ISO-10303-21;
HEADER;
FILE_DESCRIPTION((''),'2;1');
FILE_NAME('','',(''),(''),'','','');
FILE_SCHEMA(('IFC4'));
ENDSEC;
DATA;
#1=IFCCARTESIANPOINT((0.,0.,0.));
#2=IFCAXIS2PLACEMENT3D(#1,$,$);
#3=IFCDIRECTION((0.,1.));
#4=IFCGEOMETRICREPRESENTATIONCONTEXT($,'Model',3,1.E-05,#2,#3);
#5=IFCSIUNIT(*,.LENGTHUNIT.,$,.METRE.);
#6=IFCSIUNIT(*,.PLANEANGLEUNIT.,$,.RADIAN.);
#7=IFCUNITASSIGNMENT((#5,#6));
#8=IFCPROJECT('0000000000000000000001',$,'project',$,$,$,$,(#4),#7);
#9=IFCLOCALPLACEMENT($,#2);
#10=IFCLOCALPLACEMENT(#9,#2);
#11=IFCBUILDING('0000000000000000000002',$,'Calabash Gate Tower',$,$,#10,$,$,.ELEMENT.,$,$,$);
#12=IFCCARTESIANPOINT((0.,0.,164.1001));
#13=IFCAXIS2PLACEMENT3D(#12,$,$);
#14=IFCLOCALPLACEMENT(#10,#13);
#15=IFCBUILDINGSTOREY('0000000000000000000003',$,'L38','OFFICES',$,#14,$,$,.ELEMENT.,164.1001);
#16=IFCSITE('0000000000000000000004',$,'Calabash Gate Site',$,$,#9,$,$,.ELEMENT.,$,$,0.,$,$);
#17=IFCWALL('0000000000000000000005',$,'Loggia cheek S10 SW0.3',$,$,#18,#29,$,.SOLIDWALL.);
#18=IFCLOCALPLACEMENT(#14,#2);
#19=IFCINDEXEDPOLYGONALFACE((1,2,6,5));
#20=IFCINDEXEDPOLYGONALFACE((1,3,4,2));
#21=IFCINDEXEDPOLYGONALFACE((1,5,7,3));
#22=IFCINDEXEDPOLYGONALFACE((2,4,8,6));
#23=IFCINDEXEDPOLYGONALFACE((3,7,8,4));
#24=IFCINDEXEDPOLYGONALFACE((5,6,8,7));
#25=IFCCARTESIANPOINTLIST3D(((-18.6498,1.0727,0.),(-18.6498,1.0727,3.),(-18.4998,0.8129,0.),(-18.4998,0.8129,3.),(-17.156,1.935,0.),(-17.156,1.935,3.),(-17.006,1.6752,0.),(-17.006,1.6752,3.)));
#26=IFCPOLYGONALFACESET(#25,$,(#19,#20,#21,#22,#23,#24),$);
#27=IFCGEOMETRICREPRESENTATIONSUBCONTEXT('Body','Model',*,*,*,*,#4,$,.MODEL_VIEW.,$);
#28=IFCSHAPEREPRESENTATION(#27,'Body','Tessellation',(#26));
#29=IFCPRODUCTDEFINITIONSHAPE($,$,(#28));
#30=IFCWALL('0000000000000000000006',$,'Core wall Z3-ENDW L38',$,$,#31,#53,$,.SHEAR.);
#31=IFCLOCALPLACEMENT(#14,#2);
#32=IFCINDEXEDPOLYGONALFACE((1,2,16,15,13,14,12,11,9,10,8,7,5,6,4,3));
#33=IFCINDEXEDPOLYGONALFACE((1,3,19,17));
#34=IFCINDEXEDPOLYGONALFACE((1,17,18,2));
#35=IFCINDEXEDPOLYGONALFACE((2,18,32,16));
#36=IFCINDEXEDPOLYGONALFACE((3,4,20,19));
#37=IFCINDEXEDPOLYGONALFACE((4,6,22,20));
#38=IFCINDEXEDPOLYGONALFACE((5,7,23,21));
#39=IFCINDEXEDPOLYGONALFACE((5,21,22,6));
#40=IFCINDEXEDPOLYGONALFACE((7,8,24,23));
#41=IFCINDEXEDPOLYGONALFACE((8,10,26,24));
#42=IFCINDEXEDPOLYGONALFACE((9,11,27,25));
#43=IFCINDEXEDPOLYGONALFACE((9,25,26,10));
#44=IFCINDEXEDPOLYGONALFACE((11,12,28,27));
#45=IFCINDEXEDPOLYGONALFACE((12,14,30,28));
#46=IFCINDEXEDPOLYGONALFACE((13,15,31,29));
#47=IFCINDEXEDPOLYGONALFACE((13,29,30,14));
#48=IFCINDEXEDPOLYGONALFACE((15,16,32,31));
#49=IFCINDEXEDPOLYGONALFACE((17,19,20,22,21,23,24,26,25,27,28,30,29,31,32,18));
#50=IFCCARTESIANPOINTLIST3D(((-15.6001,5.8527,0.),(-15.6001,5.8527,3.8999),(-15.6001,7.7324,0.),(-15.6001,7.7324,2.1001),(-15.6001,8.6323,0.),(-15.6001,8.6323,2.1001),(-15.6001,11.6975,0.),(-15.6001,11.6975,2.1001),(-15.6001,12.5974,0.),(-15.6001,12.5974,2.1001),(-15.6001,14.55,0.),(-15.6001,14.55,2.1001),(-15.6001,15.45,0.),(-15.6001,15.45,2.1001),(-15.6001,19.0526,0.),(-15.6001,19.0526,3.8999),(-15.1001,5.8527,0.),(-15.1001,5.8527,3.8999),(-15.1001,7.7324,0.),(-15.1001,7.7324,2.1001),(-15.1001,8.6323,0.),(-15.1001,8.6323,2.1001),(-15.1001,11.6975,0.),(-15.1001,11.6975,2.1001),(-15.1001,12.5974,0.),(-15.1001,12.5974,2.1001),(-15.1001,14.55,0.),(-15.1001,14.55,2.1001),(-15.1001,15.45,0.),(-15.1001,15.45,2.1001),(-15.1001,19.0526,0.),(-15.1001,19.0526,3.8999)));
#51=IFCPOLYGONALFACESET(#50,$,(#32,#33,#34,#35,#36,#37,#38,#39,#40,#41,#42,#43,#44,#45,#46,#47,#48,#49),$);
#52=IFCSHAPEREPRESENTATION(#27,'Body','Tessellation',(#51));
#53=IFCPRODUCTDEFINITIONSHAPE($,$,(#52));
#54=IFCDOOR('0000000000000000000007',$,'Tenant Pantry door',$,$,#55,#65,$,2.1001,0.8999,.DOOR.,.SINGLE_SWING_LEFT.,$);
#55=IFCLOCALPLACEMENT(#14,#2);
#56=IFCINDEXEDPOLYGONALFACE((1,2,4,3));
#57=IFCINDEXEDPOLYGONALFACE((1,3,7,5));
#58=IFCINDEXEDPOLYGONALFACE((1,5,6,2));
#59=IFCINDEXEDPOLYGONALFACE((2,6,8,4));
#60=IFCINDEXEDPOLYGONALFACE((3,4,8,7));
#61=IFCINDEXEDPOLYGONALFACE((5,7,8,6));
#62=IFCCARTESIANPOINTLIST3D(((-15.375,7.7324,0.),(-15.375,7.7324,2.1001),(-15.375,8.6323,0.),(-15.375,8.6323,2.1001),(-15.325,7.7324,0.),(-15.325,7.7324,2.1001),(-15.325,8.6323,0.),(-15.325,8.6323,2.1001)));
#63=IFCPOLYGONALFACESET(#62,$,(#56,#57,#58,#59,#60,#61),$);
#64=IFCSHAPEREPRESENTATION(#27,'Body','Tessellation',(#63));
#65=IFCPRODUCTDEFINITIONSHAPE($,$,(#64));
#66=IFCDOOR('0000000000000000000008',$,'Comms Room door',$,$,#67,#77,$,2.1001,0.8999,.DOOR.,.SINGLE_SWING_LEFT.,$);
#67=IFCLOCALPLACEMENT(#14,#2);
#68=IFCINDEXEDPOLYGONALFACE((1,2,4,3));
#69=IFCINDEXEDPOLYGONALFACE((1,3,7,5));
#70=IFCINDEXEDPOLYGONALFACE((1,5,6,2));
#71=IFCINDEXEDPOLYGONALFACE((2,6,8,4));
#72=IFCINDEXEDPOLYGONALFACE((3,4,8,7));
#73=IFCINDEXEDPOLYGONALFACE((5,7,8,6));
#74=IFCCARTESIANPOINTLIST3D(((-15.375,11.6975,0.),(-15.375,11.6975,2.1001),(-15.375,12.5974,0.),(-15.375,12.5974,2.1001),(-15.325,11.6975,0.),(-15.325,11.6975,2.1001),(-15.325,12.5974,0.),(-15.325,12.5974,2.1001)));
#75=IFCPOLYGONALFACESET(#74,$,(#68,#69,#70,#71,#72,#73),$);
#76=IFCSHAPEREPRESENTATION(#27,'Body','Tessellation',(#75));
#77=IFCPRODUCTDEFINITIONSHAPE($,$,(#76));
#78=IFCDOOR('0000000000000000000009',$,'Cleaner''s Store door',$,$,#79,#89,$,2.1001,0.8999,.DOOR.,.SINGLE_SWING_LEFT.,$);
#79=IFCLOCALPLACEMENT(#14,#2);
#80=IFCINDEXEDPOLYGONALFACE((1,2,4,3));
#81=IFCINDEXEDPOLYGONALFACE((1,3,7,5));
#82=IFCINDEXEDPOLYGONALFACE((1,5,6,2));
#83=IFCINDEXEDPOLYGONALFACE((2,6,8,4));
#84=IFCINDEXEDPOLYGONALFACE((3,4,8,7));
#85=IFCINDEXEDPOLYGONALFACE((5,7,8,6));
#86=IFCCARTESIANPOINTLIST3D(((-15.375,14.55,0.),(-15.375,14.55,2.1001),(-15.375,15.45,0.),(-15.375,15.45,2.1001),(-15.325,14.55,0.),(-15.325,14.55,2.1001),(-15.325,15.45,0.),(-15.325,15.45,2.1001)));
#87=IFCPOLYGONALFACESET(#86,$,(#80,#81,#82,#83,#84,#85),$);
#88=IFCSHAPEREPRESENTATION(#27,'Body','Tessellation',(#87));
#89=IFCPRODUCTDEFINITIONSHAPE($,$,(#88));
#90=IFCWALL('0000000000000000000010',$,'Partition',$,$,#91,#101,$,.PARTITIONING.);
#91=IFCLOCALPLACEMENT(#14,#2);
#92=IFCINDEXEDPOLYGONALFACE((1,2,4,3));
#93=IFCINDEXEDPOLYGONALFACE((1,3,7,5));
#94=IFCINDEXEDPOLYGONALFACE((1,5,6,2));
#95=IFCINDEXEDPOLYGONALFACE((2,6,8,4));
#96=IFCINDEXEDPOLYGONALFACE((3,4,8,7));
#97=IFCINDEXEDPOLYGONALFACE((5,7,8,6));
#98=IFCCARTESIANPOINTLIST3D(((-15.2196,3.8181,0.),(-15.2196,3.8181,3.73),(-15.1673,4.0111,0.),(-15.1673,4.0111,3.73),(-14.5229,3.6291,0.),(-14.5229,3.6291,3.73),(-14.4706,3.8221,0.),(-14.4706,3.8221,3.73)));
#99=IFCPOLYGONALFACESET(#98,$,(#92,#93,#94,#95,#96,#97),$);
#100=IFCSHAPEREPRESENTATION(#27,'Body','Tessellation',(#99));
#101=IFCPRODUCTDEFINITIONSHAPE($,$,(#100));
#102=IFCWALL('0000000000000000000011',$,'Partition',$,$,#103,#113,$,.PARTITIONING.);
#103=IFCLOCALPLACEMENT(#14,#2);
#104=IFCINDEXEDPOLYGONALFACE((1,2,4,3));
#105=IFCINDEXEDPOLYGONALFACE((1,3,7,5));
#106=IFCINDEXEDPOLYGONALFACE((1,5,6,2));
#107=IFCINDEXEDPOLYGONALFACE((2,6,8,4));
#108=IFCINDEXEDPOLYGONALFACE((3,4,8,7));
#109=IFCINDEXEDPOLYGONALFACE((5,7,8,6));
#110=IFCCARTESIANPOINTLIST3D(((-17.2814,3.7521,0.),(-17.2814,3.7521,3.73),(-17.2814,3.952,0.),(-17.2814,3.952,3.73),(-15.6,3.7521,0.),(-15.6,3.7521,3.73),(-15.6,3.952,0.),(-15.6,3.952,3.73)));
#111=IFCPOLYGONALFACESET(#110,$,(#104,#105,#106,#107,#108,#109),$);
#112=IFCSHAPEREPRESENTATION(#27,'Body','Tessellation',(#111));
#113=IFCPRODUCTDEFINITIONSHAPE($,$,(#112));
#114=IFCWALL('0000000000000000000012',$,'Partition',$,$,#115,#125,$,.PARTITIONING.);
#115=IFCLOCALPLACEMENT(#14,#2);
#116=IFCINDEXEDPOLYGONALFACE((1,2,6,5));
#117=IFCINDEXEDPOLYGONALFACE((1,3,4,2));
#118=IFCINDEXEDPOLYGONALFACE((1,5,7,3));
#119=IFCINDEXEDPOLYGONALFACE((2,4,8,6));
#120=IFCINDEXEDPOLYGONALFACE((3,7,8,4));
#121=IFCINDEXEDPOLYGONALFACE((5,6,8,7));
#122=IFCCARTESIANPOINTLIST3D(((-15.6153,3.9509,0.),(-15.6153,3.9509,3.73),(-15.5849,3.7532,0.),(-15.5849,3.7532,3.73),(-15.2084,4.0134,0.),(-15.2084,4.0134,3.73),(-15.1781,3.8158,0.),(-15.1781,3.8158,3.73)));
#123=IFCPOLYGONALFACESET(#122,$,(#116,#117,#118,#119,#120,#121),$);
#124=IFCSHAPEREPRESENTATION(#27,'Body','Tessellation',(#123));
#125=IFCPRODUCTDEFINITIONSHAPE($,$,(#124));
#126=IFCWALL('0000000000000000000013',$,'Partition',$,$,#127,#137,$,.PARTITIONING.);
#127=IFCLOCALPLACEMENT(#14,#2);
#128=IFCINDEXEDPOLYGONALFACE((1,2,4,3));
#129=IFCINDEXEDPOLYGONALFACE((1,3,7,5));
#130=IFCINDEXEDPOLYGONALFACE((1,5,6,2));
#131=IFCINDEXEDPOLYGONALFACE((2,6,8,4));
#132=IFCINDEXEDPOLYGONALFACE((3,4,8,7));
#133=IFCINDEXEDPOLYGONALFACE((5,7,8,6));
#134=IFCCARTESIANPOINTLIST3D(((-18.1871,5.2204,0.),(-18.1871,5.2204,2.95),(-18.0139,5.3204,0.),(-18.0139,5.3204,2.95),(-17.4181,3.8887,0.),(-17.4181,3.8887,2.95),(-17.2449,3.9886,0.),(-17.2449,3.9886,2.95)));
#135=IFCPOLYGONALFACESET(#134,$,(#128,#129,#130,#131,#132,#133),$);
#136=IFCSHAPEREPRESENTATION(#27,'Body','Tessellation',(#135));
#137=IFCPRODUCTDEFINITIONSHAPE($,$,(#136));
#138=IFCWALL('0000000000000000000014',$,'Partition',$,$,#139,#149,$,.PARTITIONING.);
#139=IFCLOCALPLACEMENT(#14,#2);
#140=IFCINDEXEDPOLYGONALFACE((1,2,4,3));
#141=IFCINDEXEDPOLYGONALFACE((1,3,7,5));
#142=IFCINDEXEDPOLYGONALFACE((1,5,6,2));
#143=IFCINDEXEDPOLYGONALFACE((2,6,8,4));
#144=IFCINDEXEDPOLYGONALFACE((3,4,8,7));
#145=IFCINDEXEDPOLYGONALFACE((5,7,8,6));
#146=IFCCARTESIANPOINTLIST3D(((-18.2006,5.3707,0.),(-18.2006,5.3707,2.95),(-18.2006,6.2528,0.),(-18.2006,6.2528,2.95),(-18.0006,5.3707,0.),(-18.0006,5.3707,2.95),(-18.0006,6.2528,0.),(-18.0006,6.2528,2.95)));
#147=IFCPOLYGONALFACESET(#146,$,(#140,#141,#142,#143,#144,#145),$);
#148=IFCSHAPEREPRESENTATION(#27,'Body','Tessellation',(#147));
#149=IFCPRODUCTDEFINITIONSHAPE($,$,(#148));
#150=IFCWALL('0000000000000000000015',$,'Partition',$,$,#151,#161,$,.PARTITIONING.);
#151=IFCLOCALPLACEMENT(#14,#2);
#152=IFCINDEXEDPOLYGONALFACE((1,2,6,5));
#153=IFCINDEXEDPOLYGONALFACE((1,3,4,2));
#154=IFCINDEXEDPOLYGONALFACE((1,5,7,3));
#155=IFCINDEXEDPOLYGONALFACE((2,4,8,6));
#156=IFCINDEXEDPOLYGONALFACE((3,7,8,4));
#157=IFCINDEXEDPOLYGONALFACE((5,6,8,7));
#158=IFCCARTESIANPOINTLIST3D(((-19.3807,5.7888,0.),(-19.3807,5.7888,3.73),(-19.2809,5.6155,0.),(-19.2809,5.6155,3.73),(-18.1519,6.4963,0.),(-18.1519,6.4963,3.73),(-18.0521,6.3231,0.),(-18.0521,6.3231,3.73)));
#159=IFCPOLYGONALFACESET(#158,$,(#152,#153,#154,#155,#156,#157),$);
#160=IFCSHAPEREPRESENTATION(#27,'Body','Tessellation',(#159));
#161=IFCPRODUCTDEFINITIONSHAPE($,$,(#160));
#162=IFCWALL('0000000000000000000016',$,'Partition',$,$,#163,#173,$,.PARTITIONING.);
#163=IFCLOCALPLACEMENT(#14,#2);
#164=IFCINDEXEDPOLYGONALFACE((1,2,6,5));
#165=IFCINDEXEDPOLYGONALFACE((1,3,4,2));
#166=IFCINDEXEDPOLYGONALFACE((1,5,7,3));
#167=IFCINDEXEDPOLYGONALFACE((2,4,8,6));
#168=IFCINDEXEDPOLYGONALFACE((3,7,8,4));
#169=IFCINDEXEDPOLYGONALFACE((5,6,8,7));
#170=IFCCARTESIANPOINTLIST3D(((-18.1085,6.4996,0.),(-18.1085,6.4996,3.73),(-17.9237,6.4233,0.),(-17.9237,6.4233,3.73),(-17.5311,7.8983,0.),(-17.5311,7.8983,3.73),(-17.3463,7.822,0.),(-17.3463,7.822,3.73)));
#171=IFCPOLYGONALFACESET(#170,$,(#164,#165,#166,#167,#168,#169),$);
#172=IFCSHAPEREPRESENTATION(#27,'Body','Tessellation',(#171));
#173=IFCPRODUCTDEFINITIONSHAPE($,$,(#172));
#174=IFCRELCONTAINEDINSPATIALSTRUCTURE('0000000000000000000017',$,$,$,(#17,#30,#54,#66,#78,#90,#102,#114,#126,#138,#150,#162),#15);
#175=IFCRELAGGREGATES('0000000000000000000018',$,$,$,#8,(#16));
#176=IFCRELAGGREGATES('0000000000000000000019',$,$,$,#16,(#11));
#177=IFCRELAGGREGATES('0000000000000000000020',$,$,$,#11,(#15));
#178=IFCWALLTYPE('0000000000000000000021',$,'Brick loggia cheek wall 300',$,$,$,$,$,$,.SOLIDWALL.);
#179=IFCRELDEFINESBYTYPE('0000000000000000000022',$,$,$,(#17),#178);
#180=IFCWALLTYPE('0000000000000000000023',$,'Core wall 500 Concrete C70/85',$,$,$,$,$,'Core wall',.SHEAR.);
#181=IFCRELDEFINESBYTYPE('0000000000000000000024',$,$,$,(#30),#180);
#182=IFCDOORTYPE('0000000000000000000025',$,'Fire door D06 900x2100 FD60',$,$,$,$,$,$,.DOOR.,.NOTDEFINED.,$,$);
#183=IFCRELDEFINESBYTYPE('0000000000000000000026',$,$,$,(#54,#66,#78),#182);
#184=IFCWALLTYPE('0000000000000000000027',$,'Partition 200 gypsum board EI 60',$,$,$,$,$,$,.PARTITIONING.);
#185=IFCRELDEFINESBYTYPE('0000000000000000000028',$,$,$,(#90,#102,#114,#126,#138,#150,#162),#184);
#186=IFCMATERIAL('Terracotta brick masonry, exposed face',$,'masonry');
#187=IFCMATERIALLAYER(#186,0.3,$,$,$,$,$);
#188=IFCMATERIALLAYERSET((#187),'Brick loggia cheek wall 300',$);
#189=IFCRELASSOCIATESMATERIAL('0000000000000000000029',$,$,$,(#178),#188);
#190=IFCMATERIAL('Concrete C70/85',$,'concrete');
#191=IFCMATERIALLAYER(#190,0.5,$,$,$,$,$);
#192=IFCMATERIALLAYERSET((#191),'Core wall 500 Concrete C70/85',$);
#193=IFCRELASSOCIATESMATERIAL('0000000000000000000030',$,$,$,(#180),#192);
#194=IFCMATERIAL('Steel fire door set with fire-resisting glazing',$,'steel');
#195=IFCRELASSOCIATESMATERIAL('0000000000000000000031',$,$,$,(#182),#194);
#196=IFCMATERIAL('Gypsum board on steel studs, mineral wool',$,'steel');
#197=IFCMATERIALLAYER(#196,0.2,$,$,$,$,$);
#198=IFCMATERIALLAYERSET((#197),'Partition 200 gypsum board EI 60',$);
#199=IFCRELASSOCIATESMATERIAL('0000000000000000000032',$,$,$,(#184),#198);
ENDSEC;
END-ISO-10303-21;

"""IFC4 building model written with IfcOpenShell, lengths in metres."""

from ifc_helpers import new_model, si_unit, direction, frame, frame_2d, origin, place, context, subcontext, project, spatial, rectangle, extrude, material, layer, layer_set, type_object, element, fill, save


model = new_model("IFC4")

# Units and contexts
model_context = context("Model", 3, precision=1e-05, world=origin(), true_north=direction((0.0, 1.0)))
body_context = subcontext(model_context, "Body", "Model", "MODEL_VIEW")
ifc_project = project(units=[si_unit("LENGTHUNIT", "METRE"), si_unit("PLANEANGLEUNIT", "RADIAN")], contexts=[model_context])

# Site, building, storey
site_placement = place(None, origin())
site = spatial("IfcSite", under=ifc_project, at=site_placement, Name="Calabash Gate Site", CompositionType="ELEMENT", RefElevation=0.0)
building_placement = place(site_placement, origin())
building = spatial("IfcBuilding", under=site, at=building_placement, Name="Calabash Gate Tower", CompositionType="ELEMENT")
storey_placement = place(building_placement, frame((0.0, 0.0, 164.1001)))
storey = spatial("IfcBuildingStorey", under=building, at=storey_placement, Name="L38", Description="OFFICES", CompositionType="ELEMENT", Elevation=164.1001)

# Wall
ifc_material_1 = material(Name="Terracotta brick masonry, exposed face", Category="masonry")
ifc_layer_1 = layer(ifc_material_1, 0.3)
ifc_layer_set_1 = layer_set([ifc_layer_1], Name="Brick loggia cheek wall 300")
wall_type_1 = type_object("IfcWallType", Name="Brick loggia cheek wall 300", PredefinedType="SOLIDWALL", material=ifc_layer_set_1)
wall_1_placement = place(storey_placement, frame((-18.5747, 0.9429, 0.0), z_axis=(0.0, 0.0, 1.0), x_axis=(0.866075, 0.499914, 0.0)))
element("IfcWall", 1, at=wall_1_placement, inside=storey, type_object=wall_type_1, Name="Loggia cheek S10 SW0.3", PredefinedType="SOLIDWALL", context=body_context, shape_type="SweptSolid", body=[
    extrude(rectangle(XDim=1.7249, YDim=0.3, at=frame_2d((0.8623, 0.0))), origin(), (0.0, 0.0, 1.0), 3.0),
])

# Wall, openings, doors
ifc_material_2 = material(Name="Concrete C70/85", Category="concrete")
ifc_layer_2 = layer(ifc_material_2, 0.5)
ifc_layer_set_2 = layer_set([ifc_layer_2], Name="Core wall 500 Concrete C70/85")
wall_type_2 = type_object("IfcWallType", Name="Core wall 500 Concrete C70/85", ElementType="Core wall", PredefinedType="SHEAR", material=ifc_layer_set_2)
wall_2_placement = place(storey_placement, frame((-15.3501, 5.8525, 0.0), z_axis=(0.0, 0.0, 1.0), x_axis=(0.0, 1.0, 0.0)))
wall_2 = element("IfcWall", 2, at=wall_2_placement, inside=storey, type_object=wall_type_2, Name="Core wall Z3-ENDW L38", PredefinedType="SHEAR", context=body_context, shape_type="SweptSolid", body=[
    extrude(rectangle(XDim=13.2, YDim=0.5, at=frame_2d((6.6001, 0.0))), origin(), (0.0, 0.0, 1.0), 3.8999),
])
opening_1_placement = place(wall_2_placement, frame((1.8799, 0.0, 0.0)))
opening_1 = element("IfcOpeningElement", 3, at=opening_1_placement, cuts=wall_2, PredefinedType="OPENING", context=body_context, shape_type="SweptSolid", body=[
    extrude(rectangle(XDim=0.8999, YDim=2.1001, at=frame_2d((0.45, 1.05))), frame((0.0, 0.26, 0.0), z_axis=(0.0, -1.0, 0.0), x_axis=(1.0, 0.0, 0.0)), (0.0, 0.0, 1.0), 0.52),
])
opening_2_placement = place(wall_2_placement, frame((5.845, 0.0, 0.0)))
opening_2 = element("IfcOpeningElement", 4, at=opening_2_placement, cuts=wall_2, PredefinedType="OPENING", context=body_context, shape_type="SweptSolid", body=[
    extrude(rectangle(XDim=0.8999, YDim=2.1001, at=frame_2d((0.45, 1.05))), frame((0.0, 0.26, 0.0), z_axis=(0.0, -1.0, 0.0), x_axis=(1.0, 0.0, 0.0)), (0.0, 0.0, 1.0), 0.52),
])
opening_3_placement = place(wall_2_placement, frame((8.6975, 0.0, 0.0)))
opening_3 = element("IfcOpeningElement", 5, at=opening_3_placement, cuts=wall_2, PredefinedType="OPENING", context=body_context, shape_type="SweptSolid", body=[
    extrude(rectangle(XDim=0.8999, YDim=2.1001, at=frame_2d((0.45, 1.05))), frame((0.0, 0.26, 0.0), z_axis=(0.0, -1.0, 0.0), x_axis=(1.0, 0.0, 0.0)), (0.0, 0.0, 1.0), 0.52),
])
ifc_material_3 = material(Name="Steel fire door set with fire-resisting glazing", Category="steel")
door_type_1 = type_object("IfcDoorType", Name="Fire door D06 900x2100 FD60", OperationType="NOTDEFINED", PredefinedType="DOOR", material=ifc_material_3)
door_1_placement = place(opening_1_placement, origin())
door_1 = element("IfcDoor", 6, at=door_1_placement, inside=storey, type_object=door_type_1, Name="Tenant Pantry door", OperationType="SINGLE_SWING_LEFT", OverallHeight=2.1001, OverallWidth=0.8999, PredefinedType="DOOR", context=body_context, shape_type="SweptSolid", body=[
    extrude(rectangle(XDim=0.8999, YDim=2.1001, at=frame_2d((0.45, 1.05))), frame((0.0, 0.0249, 0.0), z_axis=(0.0, -1.0, 0.0), x_axis=(1.0, 0.0, 0.0)), (0.0, 0.0, 1.0), 0.05),
])
fill(opening_1, door_1)
door_2_placement = place(opening_2_placement, origin())
door_2 = element("IfcDoor", 7, at=door_2_placement, inside=storey, type_object=door_type_1, Name="Comms Room door", OperationType="SINGLE_SWING_LEFT", OverallHeight=2.1001, OverallWidth=0.8999, PredefinedType="DOOR", context=body_context, shape_type="SweptSolid", body=[
    extrude(rectangle(XDim=0.8999, YDim=2.1001, at=frame_2d((0.45, 1.05))), frame((0.0, 0.0249, 0.0), z_axis=(0.0, -1.0, 0.0), x_axis=(1.0, 0.0, 0.0)), (0.0, 0.0, 1.0), 0.05),
])
fill(opening_2, door_2)
door_3_placement = place(opening_3_placement, origin())
door_3 = element("IfcDoor", 8, at=door_3_placement, inside=storey, type_object=door_type_1, Name="Cleaner's Store door", OperationType="SINGLE_SWING_LEFT", OverallHeight=2.1001, OverallWidth=0.8999, PredefinedType="DOOR", context=body_context, shape_type="SweptSolid", body=[
    extrude(rectangle(XDim=0.8999, YDim=2.1001, at=frame_2d((0.45, 1.05))), frame((0.0, 0.0249, 0.0), z_axis=(0.0, -1.0, 0.0), x_axis=(1.0, 0.0, 0.0)), (0.0, 0.0, 1.0), 0.05),
])
fill(opening_3, door_3)

# Walls
ifc_material_4 = material(Name="Gypsum board on steel studs, mineral wool", Category="steel")
ifc_layer_3 = layer(ifc_material_4, 0.2)
ifc_layer_set_3 = layer_set([ifc_layer_3], Name="Partition 200 gypsum board EI 60")
wall_type_3 = type_object("IfcWallType", Name="Partition 200 gypsum board EI 60", PredefinedType="PARTITIONING", material=ifc_layer_set_3)
wall_3_placement = place(storey_placement, frame((-15.1934, 3.9146, 0.0), z_axis=(0.0, 0.0, 1.0), x_axis=(0.965137, -0.261744, 0.0)))
element("IfcWall", 9, at=wall_3_placement, inside=storey, type_object=wall_type_3, Name="Partition", PredefinedType="PARTITIONING", context=body_context, shape_type="SweptSolid", body=[
    extrude(rectangle(XDim=0.7219, YDim=0.2, at=frame_2d((0.3608, 0.0))), origin(), (0.0, 0.0, 1.0), 3.73),
])
wall_4_placement = place(storey_placement, frame((-17.2815, 3.8521, 0.0), z_axis=(0.0, 0.0, 1.0), x_axis=(1.0, 0.0, 0.0)))
element("IfcWall", 10, at=wall_4_placement, inside=storey, type_object=wall_type_3, Name="Partition", PredefinedType="PARTITIONING", context=body_context, shape_type="SweptSolid", body=[
    extrude(rectangle(XDim=1.6814, YDim=0.2, at=frame_2d((0.8408, 0.0))), origin(), (0.0, 0.0, 1.0), 3.73),
])
wall_5_placement = place(storey_placement, frame((-15.6001, 3.8521, 0.0), z_axis=(0.0, 0.0, 1.0), x_axis=(0.988399, 0.151879, 0.0)))
element("IfcWall", 11, at=wall_5_placement, inside=storey, type_object=wall_type_3, Name="Partition", PredefinedType="PARTITIONING", context=body_context, shape_type="SweptSolid", body=[
    extrude(rectangle(XDim=0.4116, YDim=0.2, at=frame_2d((0.2058, 0.0))), origin(), (0.0, 0.0, 1.0), 3.73),
])
wall_6_placement = place(storey_placement, frame((-18.1006, 5.2705, 0.0), z_axis=(0.0, 0.0, 1.0), x_axis=(0.500066, -0.865987, 0.0)))
element("IfcWall", 12, at=wall_6_placement, inside=storey, type_object=wall_type_3, Name="Partition", PredefinedType="PARTITIONING", context=body_context, shape_type="SweptSolid", body=[
    extrude(rectangle(XDim=1.5378, YDim=0.2, at=frame_2d((0.769, 0.0))), origin(), (0.0, 0.0, 1.0), 2.95),
])
wall_7_placement = place(storey_placement, frame((-18.1006, 6.2527, 0.0), z_axis=(0.0, 0.0, 1.0), x_axis=(0.0, -1.0, 0.0)))
element("IfcWall", 13, at=wall_7_placement, inside=storey, type_object=wall_type_3, Name="Partition", PredefinedType="PARTITIONING", context=body_context, shape_type="SweptSolid", body=[
    extrude(rectangle(XDim=0.8821, YDim=0.2, at=frame_2d((0.4409, 0.0))), origin(), (0.0, 0.0, 1.0), 2.95),
])
wall_8_placement = place(storey_placement, frame((-19.3308, 5.7021, 0.0), z_axis=(0.0, 0.0, 1.0), x_axis=(0.866607, 0.498992, 0.0)))
element("IfcWall", 14, at=wall_8_placement, inside=storey, type_object=wall_type_3, Name="Partition", PredefinedType="PARTITIONING", context=body_context, shape_type="SweptSolid", body=[
    extrude(rectangle(XDim=1.418, YDim=0.2, at=frame_2d((0.709, 0.0))), origin(), (0.0, 0.0, 1.0), 3.73),
])
wall_9_placement = place(storey_placement, frame((-18.0161, 6.4614, 0.0), z_axis=(0.0, 0.0, 1.0), x_axis=(0.381577, 0.924337, 0.0)))
element("IfcWall", 15, at=wall_9_placement, inside=storey, type_object=wall_type_3, Name="Partition", PredefinedType="PARTITIONING", context=body_context, shape_type="SweptSolid", body=[
    extrude(rectangle(XDim=1.5132, YDim=0.2, at=frame_2d((0.7566, 0.0))), origin(), (0.0, 0.0, 1.0), 3.73),
])

save(model, "model.ifc")
